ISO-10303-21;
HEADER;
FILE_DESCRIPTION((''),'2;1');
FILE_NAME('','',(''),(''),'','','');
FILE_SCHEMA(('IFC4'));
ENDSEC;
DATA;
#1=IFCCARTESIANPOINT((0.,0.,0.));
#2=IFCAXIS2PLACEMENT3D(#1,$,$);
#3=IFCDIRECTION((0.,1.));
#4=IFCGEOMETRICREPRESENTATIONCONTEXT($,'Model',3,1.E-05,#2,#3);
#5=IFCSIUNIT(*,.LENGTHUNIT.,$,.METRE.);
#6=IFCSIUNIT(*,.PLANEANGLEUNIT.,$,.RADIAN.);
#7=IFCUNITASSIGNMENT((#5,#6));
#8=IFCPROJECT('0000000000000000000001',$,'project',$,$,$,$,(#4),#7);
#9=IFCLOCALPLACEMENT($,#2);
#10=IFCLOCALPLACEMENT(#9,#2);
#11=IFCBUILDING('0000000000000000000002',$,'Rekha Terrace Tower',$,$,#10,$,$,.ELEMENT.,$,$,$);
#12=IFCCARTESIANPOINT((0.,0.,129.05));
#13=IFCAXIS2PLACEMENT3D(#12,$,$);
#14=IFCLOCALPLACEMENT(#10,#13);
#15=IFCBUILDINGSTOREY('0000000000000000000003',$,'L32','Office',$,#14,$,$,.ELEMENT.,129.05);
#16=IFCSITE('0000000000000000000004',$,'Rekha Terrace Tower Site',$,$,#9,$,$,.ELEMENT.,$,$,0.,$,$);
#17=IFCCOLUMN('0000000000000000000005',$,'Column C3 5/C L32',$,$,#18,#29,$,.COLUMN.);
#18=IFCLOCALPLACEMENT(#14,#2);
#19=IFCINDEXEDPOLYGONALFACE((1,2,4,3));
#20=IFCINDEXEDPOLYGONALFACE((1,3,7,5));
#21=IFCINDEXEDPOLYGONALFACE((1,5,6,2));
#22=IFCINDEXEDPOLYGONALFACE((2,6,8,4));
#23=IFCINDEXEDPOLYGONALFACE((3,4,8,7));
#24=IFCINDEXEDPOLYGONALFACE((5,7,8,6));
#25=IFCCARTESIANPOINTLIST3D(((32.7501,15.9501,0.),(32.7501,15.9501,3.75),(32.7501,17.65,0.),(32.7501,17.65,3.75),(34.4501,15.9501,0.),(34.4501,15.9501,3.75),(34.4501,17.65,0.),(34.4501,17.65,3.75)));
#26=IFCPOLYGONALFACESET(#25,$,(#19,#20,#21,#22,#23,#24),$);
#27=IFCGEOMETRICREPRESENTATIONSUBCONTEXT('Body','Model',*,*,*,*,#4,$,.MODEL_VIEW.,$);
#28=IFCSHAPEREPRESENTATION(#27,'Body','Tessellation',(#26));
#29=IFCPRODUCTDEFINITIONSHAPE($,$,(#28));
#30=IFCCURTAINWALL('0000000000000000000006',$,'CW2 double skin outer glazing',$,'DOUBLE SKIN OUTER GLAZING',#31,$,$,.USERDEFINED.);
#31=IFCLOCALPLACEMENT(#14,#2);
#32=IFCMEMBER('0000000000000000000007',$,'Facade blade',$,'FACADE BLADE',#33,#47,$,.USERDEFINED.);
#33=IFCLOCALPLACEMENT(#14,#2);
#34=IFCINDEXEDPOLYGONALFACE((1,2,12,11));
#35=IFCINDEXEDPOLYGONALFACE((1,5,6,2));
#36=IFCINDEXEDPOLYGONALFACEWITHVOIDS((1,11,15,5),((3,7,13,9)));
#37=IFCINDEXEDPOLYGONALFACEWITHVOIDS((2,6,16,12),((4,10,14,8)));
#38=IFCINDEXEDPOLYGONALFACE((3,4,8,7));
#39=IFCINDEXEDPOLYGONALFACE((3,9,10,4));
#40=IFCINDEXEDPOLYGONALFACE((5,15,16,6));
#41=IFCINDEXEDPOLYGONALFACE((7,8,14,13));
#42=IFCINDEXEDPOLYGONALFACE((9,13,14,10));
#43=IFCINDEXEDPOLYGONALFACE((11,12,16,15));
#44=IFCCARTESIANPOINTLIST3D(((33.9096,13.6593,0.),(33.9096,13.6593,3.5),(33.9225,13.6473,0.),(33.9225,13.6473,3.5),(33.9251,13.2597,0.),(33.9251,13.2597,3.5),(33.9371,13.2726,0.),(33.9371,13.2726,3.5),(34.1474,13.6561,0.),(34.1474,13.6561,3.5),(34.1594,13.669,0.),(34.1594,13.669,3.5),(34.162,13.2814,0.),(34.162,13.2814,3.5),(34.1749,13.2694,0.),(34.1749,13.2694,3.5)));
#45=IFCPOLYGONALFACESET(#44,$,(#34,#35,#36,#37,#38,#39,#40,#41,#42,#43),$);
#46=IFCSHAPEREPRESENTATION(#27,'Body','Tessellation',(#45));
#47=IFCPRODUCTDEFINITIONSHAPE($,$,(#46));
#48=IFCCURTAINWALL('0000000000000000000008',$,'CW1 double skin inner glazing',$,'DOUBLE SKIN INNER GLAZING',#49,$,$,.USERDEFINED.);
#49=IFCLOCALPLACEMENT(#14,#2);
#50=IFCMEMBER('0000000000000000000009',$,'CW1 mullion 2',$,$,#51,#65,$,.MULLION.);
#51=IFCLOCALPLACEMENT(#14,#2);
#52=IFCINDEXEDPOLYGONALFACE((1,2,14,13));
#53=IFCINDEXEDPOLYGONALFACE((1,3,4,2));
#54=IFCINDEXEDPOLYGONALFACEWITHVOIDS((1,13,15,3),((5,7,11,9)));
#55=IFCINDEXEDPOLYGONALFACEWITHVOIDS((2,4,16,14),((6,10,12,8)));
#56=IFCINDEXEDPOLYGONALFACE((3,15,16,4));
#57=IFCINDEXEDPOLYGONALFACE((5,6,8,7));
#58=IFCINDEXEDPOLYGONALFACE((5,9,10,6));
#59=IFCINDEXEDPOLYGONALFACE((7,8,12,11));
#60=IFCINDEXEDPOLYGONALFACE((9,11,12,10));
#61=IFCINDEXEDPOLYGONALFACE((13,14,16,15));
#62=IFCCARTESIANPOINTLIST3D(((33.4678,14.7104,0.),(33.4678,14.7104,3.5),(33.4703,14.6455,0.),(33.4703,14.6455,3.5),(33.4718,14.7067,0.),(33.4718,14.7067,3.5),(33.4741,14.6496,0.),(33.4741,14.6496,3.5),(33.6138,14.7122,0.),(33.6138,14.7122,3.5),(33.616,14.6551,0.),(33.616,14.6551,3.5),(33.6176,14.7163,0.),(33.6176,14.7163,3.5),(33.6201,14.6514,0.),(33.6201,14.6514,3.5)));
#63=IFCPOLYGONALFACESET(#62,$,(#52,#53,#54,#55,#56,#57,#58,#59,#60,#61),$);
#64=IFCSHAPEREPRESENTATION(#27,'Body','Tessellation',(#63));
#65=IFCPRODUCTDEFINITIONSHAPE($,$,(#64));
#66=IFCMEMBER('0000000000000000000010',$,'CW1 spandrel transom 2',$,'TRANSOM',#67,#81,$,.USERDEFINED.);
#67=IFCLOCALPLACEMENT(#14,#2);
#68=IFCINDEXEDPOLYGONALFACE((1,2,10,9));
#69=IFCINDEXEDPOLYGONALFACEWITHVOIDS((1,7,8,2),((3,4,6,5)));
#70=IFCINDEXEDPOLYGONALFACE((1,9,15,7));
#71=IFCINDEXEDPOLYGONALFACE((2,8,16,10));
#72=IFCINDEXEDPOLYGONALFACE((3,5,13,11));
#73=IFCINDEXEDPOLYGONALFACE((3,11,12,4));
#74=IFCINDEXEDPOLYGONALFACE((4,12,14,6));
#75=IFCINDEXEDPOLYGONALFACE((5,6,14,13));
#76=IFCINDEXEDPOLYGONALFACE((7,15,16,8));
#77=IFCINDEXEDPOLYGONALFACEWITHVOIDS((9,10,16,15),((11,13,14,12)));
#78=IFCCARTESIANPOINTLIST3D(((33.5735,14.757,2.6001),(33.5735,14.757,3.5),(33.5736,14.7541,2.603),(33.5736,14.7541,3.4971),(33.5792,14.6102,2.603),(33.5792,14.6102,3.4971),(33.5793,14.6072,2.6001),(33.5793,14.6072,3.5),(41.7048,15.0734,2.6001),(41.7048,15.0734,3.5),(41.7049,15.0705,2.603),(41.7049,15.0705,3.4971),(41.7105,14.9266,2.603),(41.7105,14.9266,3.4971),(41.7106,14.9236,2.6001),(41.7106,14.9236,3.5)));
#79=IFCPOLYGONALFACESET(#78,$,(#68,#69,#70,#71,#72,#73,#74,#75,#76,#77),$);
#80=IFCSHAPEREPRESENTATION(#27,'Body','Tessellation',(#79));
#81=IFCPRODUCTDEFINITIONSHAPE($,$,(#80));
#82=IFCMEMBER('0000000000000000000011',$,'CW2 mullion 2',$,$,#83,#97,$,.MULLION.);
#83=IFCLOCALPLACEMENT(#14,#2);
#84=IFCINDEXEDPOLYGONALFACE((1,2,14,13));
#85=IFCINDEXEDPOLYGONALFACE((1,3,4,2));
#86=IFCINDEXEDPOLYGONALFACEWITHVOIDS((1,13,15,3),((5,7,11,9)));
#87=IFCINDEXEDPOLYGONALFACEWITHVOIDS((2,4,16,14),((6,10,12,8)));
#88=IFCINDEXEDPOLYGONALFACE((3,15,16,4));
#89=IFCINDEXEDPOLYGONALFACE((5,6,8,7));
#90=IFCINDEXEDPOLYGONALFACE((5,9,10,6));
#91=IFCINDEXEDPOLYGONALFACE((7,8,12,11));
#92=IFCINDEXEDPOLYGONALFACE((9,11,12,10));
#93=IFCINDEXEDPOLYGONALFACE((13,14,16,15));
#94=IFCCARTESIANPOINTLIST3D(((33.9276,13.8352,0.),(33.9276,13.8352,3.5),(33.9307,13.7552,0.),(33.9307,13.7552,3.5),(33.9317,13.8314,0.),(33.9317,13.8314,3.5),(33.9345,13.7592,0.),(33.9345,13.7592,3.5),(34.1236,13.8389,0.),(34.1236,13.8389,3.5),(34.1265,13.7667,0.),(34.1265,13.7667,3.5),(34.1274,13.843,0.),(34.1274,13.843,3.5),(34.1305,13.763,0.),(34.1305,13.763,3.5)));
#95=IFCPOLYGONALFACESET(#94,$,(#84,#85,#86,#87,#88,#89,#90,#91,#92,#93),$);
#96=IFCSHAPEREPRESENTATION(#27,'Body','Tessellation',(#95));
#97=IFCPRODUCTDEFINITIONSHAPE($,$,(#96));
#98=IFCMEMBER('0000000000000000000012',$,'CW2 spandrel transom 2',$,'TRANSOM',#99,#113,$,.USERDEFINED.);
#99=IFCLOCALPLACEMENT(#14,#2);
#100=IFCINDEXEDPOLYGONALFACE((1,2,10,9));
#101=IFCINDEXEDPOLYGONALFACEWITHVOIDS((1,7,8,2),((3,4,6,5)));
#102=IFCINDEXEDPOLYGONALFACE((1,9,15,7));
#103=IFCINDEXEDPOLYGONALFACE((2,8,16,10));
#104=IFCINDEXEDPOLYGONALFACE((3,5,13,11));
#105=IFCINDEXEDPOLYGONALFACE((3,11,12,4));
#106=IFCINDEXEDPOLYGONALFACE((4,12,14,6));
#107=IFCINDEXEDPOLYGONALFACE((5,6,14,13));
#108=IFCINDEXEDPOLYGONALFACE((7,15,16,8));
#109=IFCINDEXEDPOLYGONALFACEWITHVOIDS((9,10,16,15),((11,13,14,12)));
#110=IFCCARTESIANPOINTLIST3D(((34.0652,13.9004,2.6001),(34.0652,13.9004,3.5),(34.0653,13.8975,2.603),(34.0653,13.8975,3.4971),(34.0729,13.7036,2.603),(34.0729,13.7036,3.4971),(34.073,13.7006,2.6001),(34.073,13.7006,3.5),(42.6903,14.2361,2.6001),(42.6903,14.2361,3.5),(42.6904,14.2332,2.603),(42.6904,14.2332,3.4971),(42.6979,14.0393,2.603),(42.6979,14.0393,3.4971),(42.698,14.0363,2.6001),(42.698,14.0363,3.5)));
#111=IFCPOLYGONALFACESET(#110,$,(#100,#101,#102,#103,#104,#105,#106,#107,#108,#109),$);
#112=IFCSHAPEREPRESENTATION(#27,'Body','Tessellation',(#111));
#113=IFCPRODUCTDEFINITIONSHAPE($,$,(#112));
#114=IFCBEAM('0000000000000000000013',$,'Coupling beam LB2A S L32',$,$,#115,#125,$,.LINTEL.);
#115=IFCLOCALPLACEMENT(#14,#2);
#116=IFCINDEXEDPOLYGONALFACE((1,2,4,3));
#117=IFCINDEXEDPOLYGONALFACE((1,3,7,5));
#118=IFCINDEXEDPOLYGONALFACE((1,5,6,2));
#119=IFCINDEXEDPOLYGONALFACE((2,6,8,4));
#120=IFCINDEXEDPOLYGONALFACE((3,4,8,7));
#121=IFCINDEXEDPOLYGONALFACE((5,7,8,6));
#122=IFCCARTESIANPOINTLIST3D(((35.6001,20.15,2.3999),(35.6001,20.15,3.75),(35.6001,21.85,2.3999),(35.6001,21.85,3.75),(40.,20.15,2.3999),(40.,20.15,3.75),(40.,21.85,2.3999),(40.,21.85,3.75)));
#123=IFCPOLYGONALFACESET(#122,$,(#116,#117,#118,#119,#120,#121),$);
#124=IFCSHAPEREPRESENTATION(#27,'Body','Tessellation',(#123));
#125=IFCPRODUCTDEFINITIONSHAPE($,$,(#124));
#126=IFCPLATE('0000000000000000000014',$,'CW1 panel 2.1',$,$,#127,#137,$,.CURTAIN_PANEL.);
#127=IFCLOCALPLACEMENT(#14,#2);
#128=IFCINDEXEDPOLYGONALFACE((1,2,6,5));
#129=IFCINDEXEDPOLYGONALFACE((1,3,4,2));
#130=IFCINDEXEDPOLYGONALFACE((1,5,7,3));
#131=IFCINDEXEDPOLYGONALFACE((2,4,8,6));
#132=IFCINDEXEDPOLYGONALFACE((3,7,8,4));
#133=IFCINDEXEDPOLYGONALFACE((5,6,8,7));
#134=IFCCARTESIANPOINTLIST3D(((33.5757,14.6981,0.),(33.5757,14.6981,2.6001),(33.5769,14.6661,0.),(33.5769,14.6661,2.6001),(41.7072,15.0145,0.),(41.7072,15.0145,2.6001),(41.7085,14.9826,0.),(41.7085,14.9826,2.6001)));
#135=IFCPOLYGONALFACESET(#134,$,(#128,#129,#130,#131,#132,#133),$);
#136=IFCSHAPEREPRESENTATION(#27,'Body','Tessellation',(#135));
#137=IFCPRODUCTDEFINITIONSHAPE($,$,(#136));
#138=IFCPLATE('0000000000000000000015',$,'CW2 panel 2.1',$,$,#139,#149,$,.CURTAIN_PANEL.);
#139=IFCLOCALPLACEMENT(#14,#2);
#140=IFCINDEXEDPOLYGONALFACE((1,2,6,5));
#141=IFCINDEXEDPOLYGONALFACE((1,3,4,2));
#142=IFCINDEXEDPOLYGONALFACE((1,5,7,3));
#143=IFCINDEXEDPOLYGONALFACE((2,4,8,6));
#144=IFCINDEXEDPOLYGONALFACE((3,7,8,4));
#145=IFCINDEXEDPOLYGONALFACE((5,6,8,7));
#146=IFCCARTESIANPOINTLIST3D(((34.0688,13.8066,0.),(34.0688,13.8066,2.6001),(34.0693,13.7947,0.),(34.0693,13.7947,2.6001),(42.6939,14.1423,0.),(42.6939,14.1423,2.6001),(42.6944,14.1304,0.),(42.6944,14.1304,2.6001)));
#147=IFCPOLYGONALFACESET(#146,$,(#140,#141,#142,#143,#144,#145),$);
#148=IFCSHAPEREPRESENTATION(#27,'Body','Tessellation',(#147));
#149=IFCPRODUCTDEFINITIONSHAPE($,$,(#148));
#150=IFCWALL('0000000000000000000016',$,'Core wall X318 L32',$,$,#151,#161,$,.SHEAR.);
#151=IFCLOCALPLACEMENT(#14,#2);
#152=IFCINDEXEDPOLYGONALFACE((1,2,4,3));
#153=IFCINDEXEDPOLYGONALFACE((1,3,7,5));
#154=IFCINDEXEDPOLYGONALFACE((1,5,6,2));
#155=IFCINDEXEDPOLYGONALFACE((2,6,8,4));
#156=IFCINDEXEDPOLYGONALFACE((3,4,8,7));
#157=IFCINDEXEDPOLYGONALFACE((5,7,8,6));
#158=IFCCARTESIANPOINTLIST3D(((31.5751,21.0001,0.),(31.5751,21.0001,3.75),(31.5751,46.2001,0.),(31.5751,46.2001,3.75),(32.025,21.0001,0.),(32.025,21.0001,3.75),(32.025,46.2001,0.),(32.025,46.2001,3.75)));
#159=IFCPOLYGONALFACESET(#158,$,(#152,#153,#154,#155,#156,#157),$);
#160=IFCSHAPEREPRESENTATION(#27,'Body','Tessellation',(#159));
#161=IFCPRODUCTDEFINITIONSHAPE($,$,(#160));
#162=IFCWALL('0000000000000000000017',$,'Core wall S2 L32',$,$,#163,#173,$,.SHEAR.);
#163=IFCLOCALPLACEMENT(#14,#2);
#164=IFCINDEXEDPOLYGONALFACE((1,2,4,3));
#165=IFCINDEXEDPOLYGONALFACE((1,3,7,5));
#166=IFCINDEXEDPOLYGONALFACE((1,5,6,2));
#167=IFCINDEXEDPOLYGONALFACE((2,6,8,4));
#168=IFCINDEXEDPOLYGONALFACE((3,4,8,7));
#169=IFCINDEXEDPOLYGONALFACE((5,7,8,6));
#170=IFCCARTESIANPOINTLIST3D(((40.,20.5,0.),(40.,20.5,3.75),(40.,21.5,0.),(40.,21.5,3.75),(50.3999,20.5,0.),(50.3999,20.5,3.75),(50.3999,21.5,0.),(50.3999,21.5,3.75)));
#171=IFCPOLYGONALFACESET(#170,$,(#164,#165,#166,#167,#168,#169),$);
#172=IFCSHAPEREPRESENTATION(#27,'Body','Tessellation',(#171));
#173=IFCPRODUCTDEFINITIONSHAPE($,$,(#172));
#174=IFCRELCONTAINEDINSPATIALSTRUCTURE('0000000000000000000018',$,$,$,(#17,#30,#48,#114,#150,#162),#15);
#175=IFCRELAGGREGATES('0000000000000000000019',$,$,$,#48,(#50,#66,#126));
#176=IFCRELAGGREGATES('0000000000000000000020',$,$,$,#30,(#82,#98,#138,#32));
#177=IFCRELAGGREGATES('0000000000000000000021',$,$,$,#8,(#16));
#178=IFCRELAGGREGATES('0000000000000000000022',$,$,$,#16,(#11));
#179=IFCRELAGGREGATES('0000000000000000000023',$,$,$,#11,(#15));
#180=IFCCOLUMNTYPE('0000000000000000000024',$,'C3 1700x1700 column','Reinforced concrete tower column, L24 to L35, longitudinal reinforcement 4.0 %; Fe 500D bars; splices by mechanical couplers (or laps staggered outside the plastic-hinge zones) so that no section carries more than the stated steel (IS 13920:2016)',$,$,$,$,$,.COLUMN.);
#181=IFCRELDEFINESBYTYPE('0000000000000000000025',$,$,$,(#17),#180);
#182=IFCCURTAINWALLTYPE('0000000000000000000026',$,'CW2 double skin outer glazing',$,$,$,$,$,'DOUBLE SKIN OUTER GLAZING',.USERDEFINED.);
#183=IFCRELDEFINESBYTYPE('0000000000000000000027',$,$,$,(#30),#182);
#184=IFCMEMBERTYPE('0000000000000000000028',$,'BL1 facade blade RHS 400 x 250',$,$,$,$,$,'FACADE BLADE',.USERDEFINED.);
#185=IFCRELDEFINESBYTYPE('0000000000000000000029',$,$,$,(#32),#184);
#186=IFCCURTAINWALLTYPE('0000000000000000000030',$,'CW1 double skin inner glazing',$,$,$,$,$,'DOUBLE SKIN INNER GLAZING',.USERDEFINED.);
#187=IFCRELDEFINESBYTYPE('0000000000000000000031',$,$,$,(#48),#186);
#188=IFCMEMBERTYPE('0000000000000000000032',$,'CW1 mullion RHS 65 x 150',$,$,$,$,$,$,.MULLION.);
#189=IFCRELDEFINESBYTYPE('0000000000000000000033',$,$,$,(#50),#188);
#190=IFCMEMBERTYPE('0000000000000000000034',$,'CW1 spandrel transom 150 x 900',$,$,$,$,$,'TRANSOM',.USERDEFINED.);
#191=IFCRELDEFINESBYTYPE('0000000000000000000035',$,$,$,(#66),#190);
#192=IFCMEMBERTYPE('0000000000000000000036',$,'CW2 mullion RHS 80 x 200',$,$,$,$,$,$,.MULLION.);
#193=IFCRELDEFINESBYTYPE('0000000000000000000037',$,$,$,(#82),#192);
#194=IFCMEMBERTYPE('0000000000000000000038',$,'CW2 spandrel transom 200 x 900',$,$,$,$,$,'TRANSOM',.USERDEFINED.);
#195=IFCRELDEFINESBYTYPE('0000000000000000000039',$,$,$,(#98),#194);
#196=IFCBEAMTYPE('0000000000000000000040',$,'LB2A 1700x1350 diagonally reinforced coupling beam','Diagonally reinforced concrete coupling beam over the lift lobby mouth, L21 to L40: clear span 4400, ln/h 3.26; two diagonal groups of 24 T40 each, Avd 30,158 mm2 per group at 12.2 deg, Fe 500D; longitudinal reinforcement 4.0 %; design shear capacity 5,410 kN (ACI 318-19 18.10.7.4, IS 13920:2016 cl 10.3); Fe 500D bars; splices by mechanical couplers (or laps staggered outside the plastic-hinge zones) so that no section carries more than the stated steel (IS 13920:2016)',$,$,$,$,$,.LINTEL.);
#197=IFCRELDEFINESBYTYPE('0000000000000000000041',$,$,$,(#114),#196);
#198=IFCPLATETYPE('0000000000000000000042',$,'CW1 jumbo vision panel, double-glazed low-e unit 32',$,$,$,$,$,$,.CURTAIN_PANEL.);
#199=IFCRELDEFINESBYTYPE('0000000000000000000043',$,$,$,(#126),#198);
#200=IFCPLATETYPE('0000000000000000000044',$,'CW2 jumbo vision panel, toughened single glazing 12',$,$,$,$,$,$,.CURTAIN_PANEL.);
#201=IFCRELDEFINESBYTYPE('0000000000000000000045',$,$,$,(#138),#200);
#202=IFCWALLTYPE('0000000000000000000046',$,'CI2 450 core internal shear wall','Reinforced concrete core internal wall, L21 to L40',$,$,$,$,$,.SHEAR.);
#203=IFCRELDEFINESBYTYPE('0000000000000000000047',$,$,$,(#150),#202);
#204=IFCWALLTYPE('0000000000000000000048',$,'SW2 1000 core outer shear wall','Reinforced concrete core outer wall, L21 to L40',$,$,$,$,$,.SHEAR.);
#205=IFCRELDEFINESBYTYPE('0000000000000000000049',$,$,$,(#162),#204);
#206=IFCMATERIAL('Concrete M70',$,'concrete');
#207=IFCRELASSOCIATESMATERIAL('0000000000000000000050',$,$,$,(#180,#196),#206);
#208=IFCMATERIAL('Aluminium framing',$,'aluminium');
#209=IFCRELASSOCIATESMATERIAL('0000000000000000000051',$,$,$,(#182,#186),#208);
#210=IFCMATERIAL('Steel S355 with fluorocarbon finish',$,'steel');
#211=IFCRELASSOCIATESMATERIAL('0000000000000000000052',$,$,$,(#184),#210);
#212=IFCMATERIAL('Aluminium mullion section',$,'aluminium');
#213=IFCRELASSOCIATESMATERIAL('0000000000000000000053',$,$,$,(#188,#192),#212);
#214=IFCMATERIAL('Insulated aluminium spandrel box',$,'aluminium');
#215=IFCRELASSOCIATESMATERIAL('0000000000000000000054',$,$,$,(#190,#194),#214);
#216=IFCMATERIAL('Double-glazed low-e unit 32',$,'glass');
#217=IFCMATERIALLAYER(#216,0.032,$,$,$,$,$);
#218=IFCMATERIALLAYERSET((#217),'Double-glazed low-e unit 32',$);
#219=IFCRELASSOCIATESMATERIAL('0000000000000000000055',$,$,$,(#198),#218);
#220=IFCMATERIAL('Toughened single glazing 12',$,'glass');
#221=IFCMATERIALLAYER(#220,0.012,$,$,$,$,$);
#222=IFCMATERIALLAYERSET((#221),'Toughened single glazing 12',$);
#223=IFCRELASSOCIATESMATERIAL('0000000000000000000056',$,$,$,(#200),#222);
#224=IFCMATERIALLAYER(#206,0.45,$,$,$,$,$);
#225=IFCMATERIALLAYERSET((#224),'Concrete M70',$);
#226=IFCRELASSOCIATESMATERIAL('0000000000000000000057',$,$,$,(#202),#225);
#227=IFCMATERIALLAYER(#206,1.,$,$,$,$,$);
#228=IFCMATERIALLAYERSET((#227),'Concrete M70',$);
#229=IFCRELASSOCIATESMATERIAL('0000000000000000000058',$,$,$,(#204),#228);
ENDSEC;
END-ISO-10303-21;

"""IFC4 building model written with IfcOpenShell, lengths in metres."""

from ifc_helpers import new_model, si_unit, direction, frame, frame_2d, origin, origin_2d, place, context, subcontext, project, spatial, rectangle, hollow_rectangle, extrude, material, layer, layer_set, material_profile, profile_set, type_object, element, aggregate, save


model = new_model("IFC4")

# Units and contexts
model_context = context("Model", 3, precision=1e-05, world=origin(), true_north=direction((0.0, 1.0)))
body_context = subcontext(model_context, "Body", "Model", "MODEL_VIEW")
ifc_project = project(units=[si_unit("LENGTHUNIT", "METRE"), si_unit("PLANEANGLEUNIT", "RADIAN")], contexts=[model_context])

# Site, building, storey
site_placement = place(None, origin())
site = spatial("IfcSite", under=ifc_project, at=site_placement, Name="Rekha Terrace Tower Site", CompositionType="ELEMENT", RefElevation=0.0)
building_placement = place(site_placement, origin())
building = spatial("IfcBuilding", under=site, at=building_placement, Name="Rekha Terrace Tower", CompositionType="ELEMENT")
storey_placement = place(building_placement, frame((0.0, 0.0, 129.05)))
storey = spatial("IfcBuildingStorey", under=building, at=storey_placement, Name="L32", Description="Office", CompositionType="ELEMENT", Elevation=129.05)

# Column
ifc_material_1 = material(Name="Concrete M70", Category="concrete")
ifc_material_profile_1 = material_profile(ifc_material_1, rectangle(XDim=1.7, YDim=1.7, at=origin_2d()), Name="RC 1700x1700")
ifc_profile_set_1 = profile_set([ifc_material_profile_1], Name="Concrete M70")
column_type = type_object("IfcColumnType", Name="C3 1700x1700 column", Description="Reinforced concrete tower column, L24 to L35, longitudinal reinforcement 4.0 %; Fe 500D bars; splices by mechanical couplers (or laps staggered outside the plastic-hinge zones) so that no section carries more than the stated steel (IS 13920:2016)", PredefinedType="COLUMN", material=ifc_profile_set_1)
column_placement = place(storey_placement, frame((33.6001, 16.8, 0.0), z_axis=(0.0, 0.0, 1.0), x_axis=(1.0, 0.0, 0.0)))
element("IfcColumn", 1, at=column_placement, inside=storey, type_object=column_type, Name="Column C3 5/C L32", PredefinedType="COLUMN", context=body_context, shape_type="SweptSolid", body=[
    extrude(rectangle(XDim=1.7, YDim=1.7, at=origin_2d()), origin(), (0.0, 0.0, 1.0), 3.75),
])

# Curtain wall, member
ifc_material_2 = material(Name="Aluminium framing", Category="aluminium")
curtain_wall_type_1 = type_object("IfcCurtainWallType", Name="CW2 double skin outer glazing", ElementType="DOUBLE SKIN OUTER GLAZING", PredefinedType="USERDEFINED", material=ifc_material_2)
curtain_wall_1_placement = place(storey_placement, origin())
curtain_wall_1 = element("IfcCurtainWall", 2, at=curtain_wall_1_placement, inside=storey, type_object=curtain_wall_type_1, Name="CW2 double skin outer glazing", ObjectType="DOUBLE SKIN OUTER GLAZING", PredefinedType="USERDEFINED")
ifc_material_3 = material(Name="Steel S355 with fluorocarbon finish", Category="steel")
ifc_material_profile_2 = material_profile(ifc_material_3, hollow_rectangle(XDim=0.25, YDim=0.3999, WallThickness=0.0125, at=origin_2d()), Name="RHS400x250x12.5")
ifc_profile_set_2 = profile_set([ifc_material_profile_2], Name="Steel S355 with fluorocarbon finish")
member_type_1 = type_object("IfcMemberType", Name="BL1 facade blade RHS 400 x 250", ElementType="FACADE BLADE", PredefinedType="USERDEFINED", material=ifc_profile_set_2)
member_1_placement = place(storey_placement, frame((34.0422, 13.4644, 0.0), z_axis=(0.0, 0.0, 1.0), x_axis=(0.999243, 0.03889, 0.0)))
member_1 = element("IfcMember", 3, at=member_1_placement, type_object=member_type_1, Name="Facade blade", ObjectType="FACADE BLADE", PredefinedType="USERDEFINED", context=body_context, shape_type="SweptSolid", body=[
    extrude(hollow_rectangle(XDim=0.25, YDim=0.3999, WallThickness=0.0125, at=origin_2d()), origin(), (0.0, 0.0, 1.0), 3.5),
])

# Curtain wall, members
curtain_wall_type_2 = type_object("IfcCurtainWallType", Name="CW1 double skin inner glazing", ElementType="DOUBLE SKIN INNER GLAZING", PredefinedType="USERDEFINED", material=ifc_material_2)
curtain_wall_2_placement = place(storey_placement, origin())
curtain_wall_2 = element("IfcCurtainWall", 4, at=curtain_wall_2_placement, inside=storey, type_object=curtain_wall_type_2, Name="CW1 double skin inner glazing", ObjectType="DOUBLE SKIN INNER GLAZING", PredefinedType="USERDEFINED")
ifc_material_4 = material(Name="Aluminium mullion section", Category="aluminium")
ifc_material_profile_3 = material_profile(ifc_material_4, hollow_rectangle(XDim=0.0649, YDim=0.1499, WallThickness=0.0039, at=origin_2d()), Name="AL RHS 65x150")
ifc_profile_set_3 = profile_set([ifc_material_profile_3], Name="Aluminium mullion section")
member_type_2 = type_object("IfcMemberType", Name="CW1 mullion RHS 65 x 150", PredefinedType="MULLION", material=ifc_profile_set_3)
member_2_placement = place(storey_placement, frame((33.5439, 14.6809, 0.0), z_axis=(0.0, 0.0, 1.0), x_axis=(-0.03889, 0.999243, 0.0)))
member_2 = element("IfcMember", 5, at=member_2_placement, type_object=member_type_2, Name="CW1 mullion 2", PredefinedType="MULLION", context=body_context, shape_type="SweptSolid", body=[
    extrude(hollow_rectangle(XDim=0.0649, YDim=0.1499, WallThickness=0.0039, at=origin_2d()), origin(), (0.0, 0.0, 1.0), 3.5),
])
ifc_material_5 = material(Name="Insulated aluminium spandrel box", Category="aluminium")
ifc_material_profile_4 = material_profile(ifc_material_5, hollow_rectangle(XDim=0.1499, YDim=0.8999, WallThickness=0.0029, at=origin_2d()), Name="AL SPANDREL BOX 150x900")
ifc_profile_set_4 = profile_set([ifc_material_profile_4], Name="Insulated aluminium spandrel box")
member_type_3 = type_object("IfcMemberType", Name="CW1 spandrel transom 150 x 900", ElementType="TRANSOM", PredefinedType="USERDEFINED", material=ifc_profile_set_4)
member_3_placement = place(storey_placement, frame((33.5764, 14.6821, 3.05), z_axis=(0.999244, 0.038882, 0.0), x_axis=(-0.038882, 0.999244, 0.0)))
member_3 = element("IfcMember", 6, at=member_3_placement, type_object=member_type_3, Name="CW1 spandrel transom 2", ObjectType="TRANSOM", PredefinedType="USERDEFINED", context=body_context, shape_type="SweptSolid", body=[
    extrude(hollow_rectangle(XDim=0.1499, YDim=0.8999, WallThickness=0.0029, at=origin_2d()), origin(), (0.0, 0.0, 1.0), 8.1375),
])

# Members
ifc_material_profile_5 = material_profile(ifc_material_4, hollow_rectangle(XDim=0.0801, YDim=0.2, WallThickness=0.0039, at=origin_2d()), Name="AL RHS 80x200")
ifc_profile_set_5 = profile_set([ifc_material_profile_5], Name="Aluminium mullion section")
member_type_4 = type_object("IfcMemberType", Name="CW2 mullion RHS 80 x 200", PredefinedType="MULLION", material=ifc_profile_set_5)
member_4_placement = place(storey_placement, frame((34.0291, 13.7991, 0.0), z_axis=(0.0, 0.0, 1.0), x_axis=(-0.03889, 0.999243, 0.0)))
member_4 = element("IfcMember", 7, at=member_4_placement, type_object=member_type_4, Name="CW2 mullion 2", PredefinedType="MULLION", context=body_context, shape_type="SweptSolid", body=[
    extrude(hollow_rectangle(XDim=0.0801, YDim=0.2, WallThickness=0.0039, at=origin_2d()), origin(), (0.0, 0.0, 1.0), 3.5),
])
ifc_material_profile_6 = material_profile(ifc_material_5, hollow_rectangle(XDim=0.2, YDim=0.8999, WallThickness=0.0029, at=origin_2d()), Name="AL SPANDREL BOX 200x900")
ifc_profile_set_6 = profile_set([ifc_material_profile_6], Name="Insulated aluminium spandrel box")
member_type_5 = type_object("IfcMemberType", Name="CW2 spandrel transom 200 x 900", ElementType="TRANSOM", PredefinedType="USERDEFINED", material=ifc_profile_set_6)
member_5_placement = place(storey_placement, frame((34.0691, 13.8005, 3.05), z_axis=(0.999243, 0.038892, 0.0), x_axis=(-0.038892, 0.999243, 0.0)))
member_5 = element("IfcMember", 8, at=member_5_placement, type_object=member_type_5, Name="CW2 spandrel transom 2", ObjectType="TRANSOM", PredefinedType="USERDEFINED", context=body_context, shape_type="SweptSolid", body=[
    extrude(hollow_rectangle(XDim=0.2, YDim=0.8999, WallThickness=0.0029, at=origin_2d()), origin(), (0.0, 0.0, 1.0), 8.6316),
])

# Beam
ifc_material_profile_7 = material_profile(ifc_material_1, rectangle(XDim=1.7, YDim=1.3501, at=origin_2d()), Name="RC 1700x1350")
ifc_profile_set_7 = profile_set([ifc_material_profile_7], Name="Concrete M70")
beam_type = type_object("IfcBeamType", Name="LB2A 1700x1350 diagonally reinforced coupling beam", Description="Diagonally reinforced concrete coupling beam over the lift lobby mouth, L21 to L40: clear span 4400, ln/h 3.26; two diagonal groups of 24 T40 each, Avd 30,158 mm2 per group at 12.2 deg, Fe 500D; longitudinal reinforcement 4.0 %; design shear capacity 5,410 kN (ACI 318-19 18.10.7.4, IS 13920:2016 cl 10.3); Fe 500D bars; splices by mechanical couplers (or laps staggered outside the plastic-hinge zones) so that no section carries more than the stated steel (IS 13920:2016)", PredefinedType="LINTEL", material=ifc_profile_set_7)
beam_placement = place(storey_placement, frame((35.6001, 21.0, 3.075), z_axis=(1.0, 0.0, 0.0), x_axis=(0.0, 1.0, 0.0)))
element("IfcBeam", 9, at=beam_placement, inside=storey, type_object=beam_type, Name="Coupling beam LB2A S L32", PredefinedType="LINTEL", context=body_context, shape_type="SweptSolid", body=[
    extrude(rectangle(XDim=1.7, YDim=1.3501, at=origin_2d()), origin(), (0.0, 0.0, 1.0), 4.3999),
])

# Plates
ifc_material_6 = material(Name="Double-glazed low-e unit 32", Category="glass")
ifc_layer_1 = layer(ifc_material_6, 0.032)
ifc_layer_set_1 = layer_set([ifc_layer_1], Name="Double-glazed low-e unit 32")
plate_type_1 = type_object("IfcPlateType", Name="CW1 jumbo vision panel, double-glazed low-e unit 32", PredefinedType="CURTAIN_PANEL", material=ifc_layer_set_1)
plate_1_placement = place(storey_placement, frame((37.6421, 14.8403, 0.0), z_axis=(0.0, 0.0, 1.0), x_axis=(0.999243, 0.03889, 0.0)))
plate_1 = element("IfcPlate", 10, at=plate_1_placement, type_object=plate_type_1, Name="CW1 panel 2.1", PredefinedType="CURTAIN_PANEL", context=body_context, shape_type="SweptSolid", body=[
    extrude(rectangle(XDim=8.1377, YDim=0.032, at=origin_2d()), origin(), (0.0, 0.0, 1.0), 2.6001),
])
aggregate(curtain_wall_2, [member_2, member_3, plate_1])
ifc_material_7 = material(Name="Toughened single glazing 12", Category="glass")
ifc_layer_2 = layer(ifc_material_7, 0.012)
ifc_layer_set_2 = layer_set([ifc_layer_2], Name="Toughened single glazing 12")
plate_type_2 = type_object("IfcPlateType", Name="CW2 jumbo vision panel, toughened single glazing 12", PredefinedType="CURTAIN_PANEL", material=ifc_layer_set_2)
plate_2_placement = place(storey_placement, frame((38.3816, 13.9685, 0.0), z_axis=(0.0, 0.0, 1.0), x_axis=(0.999243, 0.03889, 0.0)))
plate_2 = element("IfcPlate", 11, at=plate_2_placement, type_object=plate_type_2, Name="CW2 panel 2.1", PredefinedType="CURTAIN_PANEL", context=body_context, shape_type="SweptSolid", body=[
    extrude(rectangle(XDim=8.6316, YDim=0.012, at=origin_2d()), origin(), (0.0, 0.0, 1.0), 2.6001),
])
aggregate(curtain_wall_1, [member_4, member_5, plate_2, member_1])

# Walls
ifc_layer_3 = layer(ifc_material_1, 0.45)
ifc_layer_set_3 = layer_set([ifc_layer_3], Name="Concrete M70")
wall_type_1 = type_object("IfcWallType", Name="CI2 450 core internal shear wall", Description="Reinforced concrete core internal wall, L21 to L40", PredefinedType="SHEAR", material=ifc_layer_set_3)
wall_1_placement = place(storey_placement, frame((31.8, 21.0, 0.0), z_axis=(0.0, 0.0, 1.0), x_axis=(0.0, 1.0, 0.0)))
element("IfcWall", 12, at=wall_1_placement, inside=storey, type_object=wall_type_1, Name="Core wall X318 L32", PredefinedType="SHEAR", context=body_context, shape_type="SweptSolid", body=[
    extrude(rectangle(XDim=25.2, YDim=0.45, at=frame_2d((12.6001, 0.0))), origin(), (0.0, 0.0, 1.0), 3.75),
])
ifc_layer_4 = layer(ifc_material_1, 1.0)
ifc_layer_set_4 = layer_set([ifc_layer_4], Name="Concrete M70")
wall_type_2 = type_object("IfcWallType", Name="SW2 1000 core outer shear wall", Description="Reinforced concrete core outer wall, L21 to L40", PredefinedType="SHEAR", material=ifc_layer_set_4)
wall_2_placement = place(storey_placement, frame((40.0, 21.0, 0.0), z_axis=(0.0, 0.0, 1.0), x_axis=(1.0, 0.0, 0.0)))
element("IfcWall", 13, at=wall_2_placement, inside=storey, type_object=wall_type_2, Name="Core wall S2 L32", PredefinedType="SHEAR", context=body_context, shape_type="SweptSolid", body=[
    extrude(rectangle(XDim=10.3999, YDim=1.0, at=frame_2d((5.2, 0.0))), origin(), (0.0, 0.0, 1.0), 3.75),
])

save(model, "model.ifc")
